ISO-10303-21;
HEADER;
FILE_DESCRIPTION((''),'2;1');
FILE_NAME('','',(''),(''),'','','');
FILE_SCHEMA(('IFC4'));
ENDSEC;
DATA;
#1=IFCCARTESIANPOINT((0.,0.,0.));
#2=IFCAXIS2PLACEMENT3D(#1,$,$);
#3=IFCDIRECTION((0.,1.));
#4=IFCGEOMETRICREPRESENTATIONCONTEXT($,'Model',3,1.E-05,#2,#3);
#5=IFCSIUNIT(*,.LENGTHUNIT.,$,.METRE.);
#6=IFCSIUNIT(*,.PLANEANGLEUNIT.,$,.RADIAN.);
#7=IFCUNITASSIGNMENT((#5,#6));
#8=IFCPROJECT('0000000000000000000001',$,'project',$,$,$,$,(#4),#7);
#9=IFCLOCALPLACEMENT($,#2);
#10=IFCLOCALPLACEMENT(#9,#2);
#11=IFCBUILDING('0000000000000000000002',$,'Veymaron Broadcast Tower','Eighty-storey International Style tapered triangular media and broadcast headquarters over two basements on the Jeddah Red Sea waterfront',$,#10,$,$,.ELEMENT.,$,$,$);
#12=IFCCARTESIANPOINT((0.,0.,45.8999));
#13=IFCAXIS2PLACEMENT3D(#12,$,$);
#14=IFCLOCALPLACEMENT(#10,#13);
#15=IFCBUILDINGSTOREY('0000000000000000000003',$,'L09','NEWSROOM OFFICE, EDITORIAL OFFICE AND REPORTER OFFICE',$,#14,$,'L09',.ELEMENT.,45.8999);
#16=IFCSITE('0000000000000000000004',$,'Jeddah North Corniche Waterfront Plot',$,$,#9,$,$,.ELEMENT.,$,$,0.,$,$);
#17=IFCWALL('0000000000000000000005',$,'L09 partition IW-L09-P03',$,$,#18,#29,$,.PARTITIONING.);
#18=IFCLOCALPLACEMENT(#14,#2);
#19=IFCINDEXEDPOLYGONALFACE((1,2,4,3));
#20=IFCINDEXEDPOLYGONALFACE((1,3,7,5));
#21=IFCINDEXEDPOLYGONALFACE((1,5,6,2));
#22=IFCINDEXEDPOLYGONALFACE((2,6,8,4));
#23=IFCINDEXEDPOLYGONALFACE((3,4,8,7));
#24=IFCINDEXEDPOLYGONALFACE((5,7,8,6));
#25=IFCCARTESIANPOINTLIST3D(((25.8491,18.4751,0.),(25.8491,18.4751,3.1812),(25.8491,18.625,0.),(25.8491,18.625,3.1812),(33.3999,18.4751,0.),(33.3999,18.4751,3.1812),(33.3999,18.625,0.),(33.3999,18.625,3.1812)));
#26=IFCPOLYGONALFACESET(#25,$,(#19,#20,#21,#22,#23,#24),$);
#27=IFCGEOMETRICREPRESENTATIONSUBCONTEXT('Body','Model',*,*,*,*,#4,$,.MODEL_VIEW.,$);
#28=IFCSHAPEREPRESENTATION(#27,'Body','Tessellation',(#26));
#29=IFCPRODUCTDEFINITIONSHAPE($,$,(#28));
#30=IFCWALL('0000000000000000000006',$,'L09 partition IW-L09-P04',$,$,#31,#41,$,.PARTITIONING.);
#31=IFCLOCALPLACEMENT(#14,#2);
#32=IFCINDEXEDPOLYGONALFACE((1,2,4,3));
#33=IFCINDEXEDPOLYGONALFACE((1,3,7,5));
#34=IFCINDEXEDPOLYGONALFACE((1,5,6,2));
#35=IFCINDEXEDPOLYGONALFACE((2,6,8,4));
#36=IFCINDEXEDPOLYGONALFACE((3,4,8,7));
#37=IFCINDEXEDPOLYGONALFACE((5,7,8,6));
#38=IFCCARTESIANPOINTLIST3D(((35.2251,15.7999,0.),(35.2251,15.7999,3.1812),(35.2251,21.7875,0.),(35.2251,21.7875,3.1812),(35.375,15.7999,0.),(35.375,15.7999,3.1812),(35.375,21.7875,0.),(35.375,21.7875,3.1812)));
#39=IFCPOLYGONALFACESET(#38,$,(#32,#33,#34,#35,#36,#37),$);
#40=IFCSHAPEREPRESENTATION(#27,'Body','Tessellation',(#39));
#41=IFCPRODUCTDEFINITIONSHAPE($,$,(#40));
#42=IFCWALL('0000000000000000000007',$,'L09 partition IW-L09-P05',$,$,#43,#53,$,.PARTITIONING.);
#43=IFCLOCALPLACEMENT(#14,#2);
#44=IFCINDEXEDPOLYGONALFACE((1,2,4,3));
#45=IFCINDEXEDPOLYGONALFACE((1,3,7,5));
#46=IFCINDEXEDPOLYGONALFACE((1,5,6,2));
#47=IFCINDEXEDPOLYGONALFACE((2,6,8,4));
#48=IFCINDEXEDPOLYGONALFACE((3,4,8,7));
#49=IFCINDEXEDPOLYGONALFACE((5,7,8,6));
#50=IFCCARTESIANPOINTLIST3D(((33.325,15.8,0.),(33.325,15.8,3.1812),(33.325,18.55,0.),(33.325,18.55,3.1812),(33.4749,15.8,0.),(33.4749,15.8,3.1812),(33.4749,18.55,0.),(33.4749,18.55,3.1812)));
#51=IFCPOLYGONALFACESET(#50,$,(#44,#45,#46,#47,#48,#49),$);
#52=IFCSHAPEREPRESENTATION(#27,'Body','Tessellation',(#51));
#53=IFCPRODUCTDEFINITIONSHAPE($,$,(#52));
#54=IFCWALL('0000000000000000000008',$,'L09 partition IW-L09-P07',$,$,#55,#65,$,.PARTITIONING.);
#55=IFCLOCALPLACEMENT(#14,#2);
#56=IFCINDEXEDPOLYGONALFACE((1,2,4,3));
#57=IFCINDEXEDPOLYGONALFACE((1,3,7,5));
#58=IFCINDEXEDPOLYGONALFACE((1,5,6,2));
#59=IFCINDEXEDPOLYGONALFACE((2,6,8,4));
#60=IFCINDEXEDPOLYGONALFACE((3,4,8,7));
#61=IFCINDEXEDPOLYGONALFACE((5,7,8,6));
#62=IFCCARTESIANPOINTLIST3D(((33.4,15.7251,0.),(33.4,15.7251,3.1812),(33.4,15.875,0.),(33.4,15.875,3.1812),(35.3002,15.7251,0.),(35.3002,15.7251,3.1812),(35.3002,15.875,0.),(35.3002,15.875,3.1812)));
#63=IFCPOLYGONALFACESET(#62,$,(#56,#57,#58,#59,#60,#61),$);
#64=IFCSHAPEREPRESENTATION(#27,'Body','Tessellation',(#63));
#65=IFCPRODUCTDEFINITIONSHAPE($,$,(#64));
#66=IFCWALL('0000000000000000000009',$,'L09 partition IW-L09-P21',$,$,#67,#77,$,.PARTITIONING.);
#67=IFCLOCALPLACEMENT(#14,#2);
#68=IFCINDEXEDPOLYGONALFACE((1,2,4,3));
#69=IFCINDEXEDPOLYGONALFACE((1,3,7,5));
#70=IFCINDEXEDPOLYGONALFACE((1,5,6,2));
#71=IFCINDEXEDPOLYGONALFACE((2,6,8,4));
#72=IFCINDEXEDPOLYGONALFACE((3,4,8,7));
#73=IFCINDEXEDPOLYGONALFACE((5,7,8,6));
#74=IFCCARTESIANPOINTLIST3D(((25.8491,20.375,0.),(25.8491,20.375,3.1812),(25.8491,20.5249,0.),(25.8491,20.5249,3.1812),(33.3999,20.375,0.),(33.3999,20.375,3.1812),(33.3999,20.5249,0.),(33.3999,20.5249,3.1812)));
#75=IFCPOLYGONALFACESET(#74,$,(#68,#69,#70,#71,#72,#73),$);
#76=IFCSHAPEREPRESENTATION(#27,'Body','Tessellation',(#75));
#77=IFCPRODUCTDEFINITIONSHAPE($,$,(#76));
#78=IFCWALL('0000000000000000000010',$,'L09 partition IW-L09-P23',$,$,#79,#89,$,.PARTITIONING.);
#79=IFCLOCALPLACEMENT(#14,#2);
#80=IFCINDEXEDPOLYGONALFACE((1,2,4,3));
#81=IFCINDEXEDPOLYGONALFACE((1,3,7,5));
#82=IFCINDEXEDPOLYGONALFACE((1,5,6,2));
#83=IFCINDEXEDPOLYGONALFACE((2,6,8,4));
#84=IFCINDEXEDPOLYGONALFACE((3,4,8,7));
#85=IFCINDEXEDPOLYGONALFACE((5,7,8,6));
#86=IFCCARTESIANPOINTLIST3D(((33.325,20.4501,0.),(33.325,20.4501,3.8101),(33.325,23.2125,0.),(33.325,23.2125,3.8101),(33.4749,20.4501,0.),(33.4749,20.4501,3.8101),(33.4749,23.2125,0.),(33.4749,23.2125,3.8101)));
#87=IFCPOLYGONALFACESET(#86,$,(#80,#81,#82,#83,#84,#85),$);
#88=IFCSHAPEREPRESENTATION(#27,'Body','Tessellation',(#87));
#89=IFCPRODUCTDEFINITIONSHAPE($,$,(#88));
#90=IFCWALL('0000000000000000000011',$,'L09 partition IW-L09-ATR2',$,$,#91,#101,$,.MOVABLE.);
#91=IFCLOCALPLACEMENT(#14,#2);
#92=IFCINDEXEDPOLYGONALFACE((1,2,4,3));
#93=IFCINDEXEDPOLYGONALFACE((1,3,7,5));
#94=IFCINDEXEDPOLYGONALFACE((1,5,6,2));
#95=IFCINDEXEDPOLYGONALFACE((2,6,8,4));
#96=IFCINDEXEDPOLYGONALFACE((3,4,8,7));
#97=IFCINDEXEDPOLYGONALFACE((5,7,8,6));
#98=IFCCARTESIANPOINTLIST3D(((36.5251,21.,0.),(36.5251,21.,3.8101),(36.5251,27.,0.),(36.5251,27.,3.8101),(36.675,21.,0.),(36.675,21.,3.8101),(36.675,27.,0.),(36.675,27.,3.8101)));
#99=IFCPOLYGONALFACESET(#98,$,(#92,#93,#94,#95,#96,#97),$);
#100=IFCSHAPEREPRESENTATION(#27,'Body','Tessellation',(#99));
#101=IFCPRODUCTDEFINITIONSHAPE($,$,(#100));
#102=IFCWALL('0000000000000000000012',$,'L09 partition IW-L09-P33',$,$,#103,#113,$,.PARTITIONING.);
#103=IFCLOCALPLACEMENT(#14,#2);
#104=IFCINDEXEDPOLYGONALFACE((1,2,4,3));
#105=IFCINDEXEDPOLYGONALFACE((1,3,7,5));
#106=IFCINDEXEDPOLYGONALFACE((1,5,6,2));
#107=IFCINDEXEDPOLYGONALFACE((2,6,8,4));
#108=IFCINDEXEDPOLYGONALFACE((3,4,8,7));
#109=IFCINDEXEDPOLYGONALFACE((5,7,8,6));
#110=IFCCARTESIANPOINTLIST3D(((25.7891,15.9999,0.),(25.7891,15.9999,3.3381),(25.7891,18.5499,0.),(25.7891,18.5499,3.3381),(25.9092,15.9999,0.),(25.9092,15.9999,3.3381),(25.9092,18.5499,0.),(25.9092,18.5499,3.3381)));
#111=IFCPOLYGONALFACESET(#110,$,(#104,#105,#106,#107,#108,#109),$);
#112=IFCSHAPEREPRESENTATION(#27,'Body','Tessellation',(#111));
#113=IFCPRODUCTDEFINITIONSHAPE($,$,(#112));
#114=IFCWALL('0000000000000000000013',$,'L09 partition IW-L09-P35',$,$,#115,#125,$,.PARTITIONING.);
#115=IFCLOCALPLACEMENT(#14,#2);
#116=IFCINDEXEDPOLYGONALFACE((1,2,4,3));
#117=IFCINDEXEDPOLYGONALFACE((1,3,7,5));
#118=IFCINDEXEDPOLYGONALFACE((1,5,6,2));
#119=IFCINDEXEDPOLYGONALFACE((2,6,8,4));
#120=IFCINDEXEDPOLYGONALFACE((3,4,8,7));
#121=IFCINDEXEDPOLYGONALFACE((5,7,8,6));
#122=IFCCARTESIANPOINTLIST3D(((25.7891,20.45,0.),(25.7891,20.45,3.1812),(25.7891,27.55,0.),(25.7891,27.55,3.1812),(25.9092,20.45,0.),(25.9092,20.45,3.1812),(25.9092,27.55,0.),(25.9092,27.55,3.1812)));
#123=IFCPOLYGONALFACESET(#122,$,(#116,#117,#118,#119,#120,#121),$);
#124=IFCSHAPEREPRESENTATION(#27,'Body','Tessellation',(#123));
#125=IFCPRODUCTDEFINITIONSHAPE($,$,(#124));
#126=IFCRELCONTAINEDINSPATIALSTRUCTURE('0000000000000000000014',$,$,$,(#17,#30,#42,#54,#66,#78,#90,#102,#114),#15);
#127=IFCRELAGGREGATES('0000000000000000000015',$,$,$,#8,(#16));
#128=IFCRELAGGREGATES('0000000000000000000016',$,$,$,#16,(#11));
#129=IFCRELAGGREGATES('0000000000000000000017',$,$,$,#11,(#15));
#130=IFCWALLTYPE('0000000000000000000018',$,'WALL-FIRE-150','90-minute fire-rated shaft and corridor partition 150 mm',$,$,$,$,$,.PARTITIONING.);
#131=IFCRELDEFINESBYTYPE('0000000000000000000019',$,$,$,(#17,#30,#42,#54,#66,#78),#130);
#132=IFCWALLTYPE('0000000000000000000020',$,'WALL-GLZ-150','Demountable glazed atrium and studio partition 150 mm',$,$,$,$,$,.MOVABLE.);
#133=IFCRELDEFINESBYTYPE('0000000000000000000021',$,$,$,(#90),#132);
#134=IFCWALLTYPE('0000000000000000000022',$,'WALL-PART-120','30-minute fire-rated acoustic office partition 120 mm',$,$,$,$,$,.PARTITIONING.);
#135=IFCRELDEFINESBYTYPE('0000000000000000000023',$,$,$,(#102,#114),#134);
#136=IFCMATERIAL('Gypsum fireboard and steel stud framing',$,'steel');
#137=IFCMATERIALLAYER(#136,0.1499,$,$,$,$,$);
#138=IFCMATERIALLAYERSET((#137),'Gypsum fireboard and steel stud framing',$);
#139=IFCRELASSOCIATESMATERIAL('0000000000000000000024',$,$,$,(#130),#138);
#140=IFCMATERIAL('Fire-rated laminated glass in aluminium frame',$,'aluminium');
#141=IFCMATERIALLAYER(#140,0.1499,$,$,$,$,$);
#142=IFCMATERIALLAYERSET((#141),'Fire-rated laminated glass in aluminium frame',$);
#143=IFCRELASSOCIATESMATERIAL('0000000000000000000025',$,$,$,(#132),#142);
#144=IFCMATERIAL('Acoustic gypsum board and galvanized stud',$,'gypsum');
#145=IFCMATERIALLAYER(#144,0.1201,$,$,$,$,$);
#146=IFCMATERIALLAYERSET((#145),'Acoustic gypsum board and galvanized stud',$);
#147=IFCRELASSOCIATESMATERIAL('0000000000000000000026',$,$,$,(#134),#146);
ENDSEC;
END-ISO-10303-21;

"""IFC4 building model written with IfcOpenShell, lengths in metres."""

from ifc_helpers import new_model, si_unit, direction, frame, frame_2d, origin, place, context, subcontext, project, spatial, rectangle, extrude, material, layer, layer_set, type_object, element, save


model = new_model("IFC4")

# Units and contexts
model_context = context("Model", 3, precision=1e-05, world=origin(), true_north=direction((0.0, 1.0)))
body_context = subcontext(model_context, "Body", "Model", "MODEL_VIEW")
ifc_project = project(units=[si_unit("LENGTHUNIT", "METRE"), si_unit("PLANEANGLEUNIT", "RADIAN")], contexts=[model_context])

# Site, building, storey
site_placement = place(None, origin())
site = spatial("IfcSite", under=ifc_project, at=site_placement, Name="Jeddah North Corniche Waterfront Plot", CompositionType="ELEMENT", RefElevation=0.0)
building_placement = place(site_placement, origin())
building = spatial("IfcBuilding", under=site, at=building_placement, Name="Veymaron Broadcast Tower", Description="Eighty-storey International Style tapered triangular media and broadcast headquarters over two basements on the Jeddah Red Sea waterfront", CompositionType="ELEMENT")
storey_placement = place(building_placement, frame((0.0, 0.0, 45.8999)))
storey = spatial("IfcBuildingStorey", under=building, at=storey_placement, Name="L09", Description="NEWSROOM OFFICE, EDITORIAL OFFICE AND REPORTER OFFICE", LongName="L09", CompositionType="ELEMENT", Elevation=45.8999)

# Walls
ifc_material_1 = material(Name="Gypsum fireboard and steel stud framing", Category="steel")
ifc_layer_1 = layer(ifc_material_1, 0.1499)
ifc_layer_set_1 = layer_set([ifc_layer_1], Name="Gypsum fireboard and steel stud framing")
wall_type_1 = type_object("IfcWallType", Name="WALL-FIRE-150", Description="90-minute fire-rated shaft and corridor partition 150 mm", PredefinedType="PARTITIONING", material=ifc_layer_set_1)
wall_1_placement = place(storey_placement, frame((25.8491, 18.55, 0.0), z_axis=(0.0, 0.0, 1.0), x_axis=(1.0, 0.0, 0.0)))
element("IfcWall", 1, at=wall_1_placement, inside=storey, type_object=wall_type_1, Name="L09 partition IW-L09-P03", PredefinedType="PARTITIONING", context=body_context, shape_type="SweptSolid", body=[
    extrude(rectangle(XDim=7.5508, YDim=0.1499, at=frame_2d((3.7754, 0.0))), origin(), (0.0, 0.0, 1.0), 3.1812),
])
wall_2_placement = place(storey_placement, frame((35.3, 15.8, 0.0), z_axis=(0.0, 0.0, 1.0), x_axis=(0.0, 1.0, 0.0)))
element("IfcWall", 2, at=wall_2_placement, inside=storey, type_object=wall_type_1, Name="L09 partition IW-L09-P04", PredefinedType="PARTITIONING", context=body_context, shape_type="SweptSolid", body=[
    extrude(rectangle(XDim=5.9875, YDim=0.1499, at=frame_2d((2.9937, 0.0))), origin(), (0.0, 0.0, 1.0), 3.1812),
])
wall_3_placement = place(storey_placement, frame((33.3999, 15.8, 0.0), z_axis=(0.0, 0.0, 1.0), x_axis=(0.0, 1.0, 0.0)))
element("IfcWall", 3, at=wall_3_placement, inside=storey, type_object=wall_type_1, Name="L09 partition IW-L09-P05", PredefinedType="PARTITIONING", context=body_context, shape_type="SweptSolid", body=[
    extrude(rectangle(XDim=2.75, YDim=0.1499, at=frame_2d((1.375, 0.0))), origin(), (0.0, 0.0, 1.0), 3.1812),
])
wall_4_placement = place(storey_placement, frame((33.3999, 15.8, 0.0), z_axis=(0.0, 0.0, 1.0), x_axis=(1.0, 0.0, 0.0)))
element("IfcWall", 4, at=wall_4_placement, inside=storey, type_object=wall_type_1, Name="L09 partition IW-L09-P07", PredefinedType="PARTITIONING", context=body_context, shape_type="SweptSolid", body=[
    extrude(rectangle(XDim=1.9001, YDim=0.1499, at=frame_2d((0.9502, 0.0))), origin(), (0.0, 0.0, 1.0), 3.1812),
])
wall_5_placement = place(storey_placement, frame((25.8491, 20.45, 0.0), z_axis=(0.0, 0.0, 1.0), x_axis=(1.0, 0.0, 0.0)))
element("IfcWall", 5, at=wall_5_placement, inside=storey, type_object=wall_type_1, Name="L09 partition IW-L09-P21", PredefinedType="PARTITIONING", context=body_context, shape_type="SweptSolid", body=[
    extrude(rectangle(XDim=7.5508, YDim=0.1499, at=frame_2d((3.7754, 0.0))), origin(), (0.0, 0.0, 1.0), 3.1812),
])
wall_6_placement = place(storey_placement, frame((33.3999, 20.45, 0.0), z_axis=(0.0, 0.0, 1.0), x_axis=(0.0, 1.0, 0.0)))
element("IfcWall", 6, at=wall_6_placement, inside=storey, type_object=wall_type_1, Name="L09 partition IW-L09-P23", PredefinedType="PARTITIONING", context=body_context, shape_type="SweptSolid", body=[
    extrude(rectangle(XDim=2.7625, YDim=0.1499, at=frame_2d((1.3813, 0.0))), origin(), (0.0, 0.0, 1.0), 3.8101),
])
ifc_material_2 = material(Name="Fire-rated laminated glass in aluminium frame", Category="aluminium")
ifc_layer_2 = layer(ifc_material_2, 0.1499)
ifc_layer_set_2 = layer_set([ifc_layer_2], Name="Fire-rated laminated glass in aluminium frame")
wall_type_2 = type_object("IfcWallType", Name="WALL-GLZ-150", Description="Demountable glazed atrium and studio partition 150 mm", PredefinedType="MOVABLE", material=ifc_layer_set_2)
wall_7_placement = place(storey_placement, frame((36.6001, 21.0, 0.0), z_axis=(0.0, 0.0, 1.0), x_axis=(0.0, 1.0, 0.0)))
element("IfcWall", 7, at=wall_7_placement, inside=storey, type_object=wall_type_2, Name="L09 partition IW-L09-ATR2", PredefinedType="MOVABLE", context=body_context, shape_type="SweptSolid", body=[
    extrude(rectangle(XDim=6.0, YDim=0.1499, at=frame_2d((3.0, 0.0))), origin(), (0.0, 0.0, 1.0), 3.8101),
])
ifc_material_3 = material(Name="Acoustic gypsum board and galvanized stud", Category="gypsum")
ifc_layer_3 = layer(ifc_material_3, 0.1201)
ifc_layer_set_3 = layer_set([ifc_layer_3], Name="Acoustic gypsum board and galvanized stud")
wall_type_3 = type_object("IfcWallType", Name="WALL-PART-120", Description="30-minute fire-rated acoustic office partition 120 mm", PredefinedType="PARTITIONING", material=ifc_layer_set_3)
wall_8_placement = place(storey_placement, frame((25.8491, 16.0, 0.0), z_axis=(0.0, 0.0, 1.0), x_axis=(0.0, 1.0, 0.0)))
element("IfcWall", 8, at=wall_8_placement, inside=storey, type_object=wall_type_3, Name="L09 partition IW-L09-P33", PredefinedType="PARTITIONING", context=body_context, shape_type="SweptSolid", body=[
    extrude(rectangle(XDim=2.55, YDim=0.1201, at=frame_2d((1.2749, 0.0))), origin(), (0.0, 0.0, 1.0), 3.3381),
])
wall_9_placement = place(storey_placement, frame((25.8491, 20.45, 0.0), z_axis=(0.0, 0.0, 1.0), x_axis=(0.0, 1.0, 0.0)))
element("IfcWall", 9, at=wall_9_placement, inside=storey, type_object=wall_type_3, Name="L09 partition IW-L09-P35", PredefinedType="PARTITIONING", context=body_context, shape_type="SweptSolid", body=[
    extrude(rectangle(XDim=7.1001, YDim=0.1201, at=frame_2d((3.55, 0.0))), origin(), (0.0, 0.0, 1.0), 3.1812),
])

save(model, "model.ifc")
